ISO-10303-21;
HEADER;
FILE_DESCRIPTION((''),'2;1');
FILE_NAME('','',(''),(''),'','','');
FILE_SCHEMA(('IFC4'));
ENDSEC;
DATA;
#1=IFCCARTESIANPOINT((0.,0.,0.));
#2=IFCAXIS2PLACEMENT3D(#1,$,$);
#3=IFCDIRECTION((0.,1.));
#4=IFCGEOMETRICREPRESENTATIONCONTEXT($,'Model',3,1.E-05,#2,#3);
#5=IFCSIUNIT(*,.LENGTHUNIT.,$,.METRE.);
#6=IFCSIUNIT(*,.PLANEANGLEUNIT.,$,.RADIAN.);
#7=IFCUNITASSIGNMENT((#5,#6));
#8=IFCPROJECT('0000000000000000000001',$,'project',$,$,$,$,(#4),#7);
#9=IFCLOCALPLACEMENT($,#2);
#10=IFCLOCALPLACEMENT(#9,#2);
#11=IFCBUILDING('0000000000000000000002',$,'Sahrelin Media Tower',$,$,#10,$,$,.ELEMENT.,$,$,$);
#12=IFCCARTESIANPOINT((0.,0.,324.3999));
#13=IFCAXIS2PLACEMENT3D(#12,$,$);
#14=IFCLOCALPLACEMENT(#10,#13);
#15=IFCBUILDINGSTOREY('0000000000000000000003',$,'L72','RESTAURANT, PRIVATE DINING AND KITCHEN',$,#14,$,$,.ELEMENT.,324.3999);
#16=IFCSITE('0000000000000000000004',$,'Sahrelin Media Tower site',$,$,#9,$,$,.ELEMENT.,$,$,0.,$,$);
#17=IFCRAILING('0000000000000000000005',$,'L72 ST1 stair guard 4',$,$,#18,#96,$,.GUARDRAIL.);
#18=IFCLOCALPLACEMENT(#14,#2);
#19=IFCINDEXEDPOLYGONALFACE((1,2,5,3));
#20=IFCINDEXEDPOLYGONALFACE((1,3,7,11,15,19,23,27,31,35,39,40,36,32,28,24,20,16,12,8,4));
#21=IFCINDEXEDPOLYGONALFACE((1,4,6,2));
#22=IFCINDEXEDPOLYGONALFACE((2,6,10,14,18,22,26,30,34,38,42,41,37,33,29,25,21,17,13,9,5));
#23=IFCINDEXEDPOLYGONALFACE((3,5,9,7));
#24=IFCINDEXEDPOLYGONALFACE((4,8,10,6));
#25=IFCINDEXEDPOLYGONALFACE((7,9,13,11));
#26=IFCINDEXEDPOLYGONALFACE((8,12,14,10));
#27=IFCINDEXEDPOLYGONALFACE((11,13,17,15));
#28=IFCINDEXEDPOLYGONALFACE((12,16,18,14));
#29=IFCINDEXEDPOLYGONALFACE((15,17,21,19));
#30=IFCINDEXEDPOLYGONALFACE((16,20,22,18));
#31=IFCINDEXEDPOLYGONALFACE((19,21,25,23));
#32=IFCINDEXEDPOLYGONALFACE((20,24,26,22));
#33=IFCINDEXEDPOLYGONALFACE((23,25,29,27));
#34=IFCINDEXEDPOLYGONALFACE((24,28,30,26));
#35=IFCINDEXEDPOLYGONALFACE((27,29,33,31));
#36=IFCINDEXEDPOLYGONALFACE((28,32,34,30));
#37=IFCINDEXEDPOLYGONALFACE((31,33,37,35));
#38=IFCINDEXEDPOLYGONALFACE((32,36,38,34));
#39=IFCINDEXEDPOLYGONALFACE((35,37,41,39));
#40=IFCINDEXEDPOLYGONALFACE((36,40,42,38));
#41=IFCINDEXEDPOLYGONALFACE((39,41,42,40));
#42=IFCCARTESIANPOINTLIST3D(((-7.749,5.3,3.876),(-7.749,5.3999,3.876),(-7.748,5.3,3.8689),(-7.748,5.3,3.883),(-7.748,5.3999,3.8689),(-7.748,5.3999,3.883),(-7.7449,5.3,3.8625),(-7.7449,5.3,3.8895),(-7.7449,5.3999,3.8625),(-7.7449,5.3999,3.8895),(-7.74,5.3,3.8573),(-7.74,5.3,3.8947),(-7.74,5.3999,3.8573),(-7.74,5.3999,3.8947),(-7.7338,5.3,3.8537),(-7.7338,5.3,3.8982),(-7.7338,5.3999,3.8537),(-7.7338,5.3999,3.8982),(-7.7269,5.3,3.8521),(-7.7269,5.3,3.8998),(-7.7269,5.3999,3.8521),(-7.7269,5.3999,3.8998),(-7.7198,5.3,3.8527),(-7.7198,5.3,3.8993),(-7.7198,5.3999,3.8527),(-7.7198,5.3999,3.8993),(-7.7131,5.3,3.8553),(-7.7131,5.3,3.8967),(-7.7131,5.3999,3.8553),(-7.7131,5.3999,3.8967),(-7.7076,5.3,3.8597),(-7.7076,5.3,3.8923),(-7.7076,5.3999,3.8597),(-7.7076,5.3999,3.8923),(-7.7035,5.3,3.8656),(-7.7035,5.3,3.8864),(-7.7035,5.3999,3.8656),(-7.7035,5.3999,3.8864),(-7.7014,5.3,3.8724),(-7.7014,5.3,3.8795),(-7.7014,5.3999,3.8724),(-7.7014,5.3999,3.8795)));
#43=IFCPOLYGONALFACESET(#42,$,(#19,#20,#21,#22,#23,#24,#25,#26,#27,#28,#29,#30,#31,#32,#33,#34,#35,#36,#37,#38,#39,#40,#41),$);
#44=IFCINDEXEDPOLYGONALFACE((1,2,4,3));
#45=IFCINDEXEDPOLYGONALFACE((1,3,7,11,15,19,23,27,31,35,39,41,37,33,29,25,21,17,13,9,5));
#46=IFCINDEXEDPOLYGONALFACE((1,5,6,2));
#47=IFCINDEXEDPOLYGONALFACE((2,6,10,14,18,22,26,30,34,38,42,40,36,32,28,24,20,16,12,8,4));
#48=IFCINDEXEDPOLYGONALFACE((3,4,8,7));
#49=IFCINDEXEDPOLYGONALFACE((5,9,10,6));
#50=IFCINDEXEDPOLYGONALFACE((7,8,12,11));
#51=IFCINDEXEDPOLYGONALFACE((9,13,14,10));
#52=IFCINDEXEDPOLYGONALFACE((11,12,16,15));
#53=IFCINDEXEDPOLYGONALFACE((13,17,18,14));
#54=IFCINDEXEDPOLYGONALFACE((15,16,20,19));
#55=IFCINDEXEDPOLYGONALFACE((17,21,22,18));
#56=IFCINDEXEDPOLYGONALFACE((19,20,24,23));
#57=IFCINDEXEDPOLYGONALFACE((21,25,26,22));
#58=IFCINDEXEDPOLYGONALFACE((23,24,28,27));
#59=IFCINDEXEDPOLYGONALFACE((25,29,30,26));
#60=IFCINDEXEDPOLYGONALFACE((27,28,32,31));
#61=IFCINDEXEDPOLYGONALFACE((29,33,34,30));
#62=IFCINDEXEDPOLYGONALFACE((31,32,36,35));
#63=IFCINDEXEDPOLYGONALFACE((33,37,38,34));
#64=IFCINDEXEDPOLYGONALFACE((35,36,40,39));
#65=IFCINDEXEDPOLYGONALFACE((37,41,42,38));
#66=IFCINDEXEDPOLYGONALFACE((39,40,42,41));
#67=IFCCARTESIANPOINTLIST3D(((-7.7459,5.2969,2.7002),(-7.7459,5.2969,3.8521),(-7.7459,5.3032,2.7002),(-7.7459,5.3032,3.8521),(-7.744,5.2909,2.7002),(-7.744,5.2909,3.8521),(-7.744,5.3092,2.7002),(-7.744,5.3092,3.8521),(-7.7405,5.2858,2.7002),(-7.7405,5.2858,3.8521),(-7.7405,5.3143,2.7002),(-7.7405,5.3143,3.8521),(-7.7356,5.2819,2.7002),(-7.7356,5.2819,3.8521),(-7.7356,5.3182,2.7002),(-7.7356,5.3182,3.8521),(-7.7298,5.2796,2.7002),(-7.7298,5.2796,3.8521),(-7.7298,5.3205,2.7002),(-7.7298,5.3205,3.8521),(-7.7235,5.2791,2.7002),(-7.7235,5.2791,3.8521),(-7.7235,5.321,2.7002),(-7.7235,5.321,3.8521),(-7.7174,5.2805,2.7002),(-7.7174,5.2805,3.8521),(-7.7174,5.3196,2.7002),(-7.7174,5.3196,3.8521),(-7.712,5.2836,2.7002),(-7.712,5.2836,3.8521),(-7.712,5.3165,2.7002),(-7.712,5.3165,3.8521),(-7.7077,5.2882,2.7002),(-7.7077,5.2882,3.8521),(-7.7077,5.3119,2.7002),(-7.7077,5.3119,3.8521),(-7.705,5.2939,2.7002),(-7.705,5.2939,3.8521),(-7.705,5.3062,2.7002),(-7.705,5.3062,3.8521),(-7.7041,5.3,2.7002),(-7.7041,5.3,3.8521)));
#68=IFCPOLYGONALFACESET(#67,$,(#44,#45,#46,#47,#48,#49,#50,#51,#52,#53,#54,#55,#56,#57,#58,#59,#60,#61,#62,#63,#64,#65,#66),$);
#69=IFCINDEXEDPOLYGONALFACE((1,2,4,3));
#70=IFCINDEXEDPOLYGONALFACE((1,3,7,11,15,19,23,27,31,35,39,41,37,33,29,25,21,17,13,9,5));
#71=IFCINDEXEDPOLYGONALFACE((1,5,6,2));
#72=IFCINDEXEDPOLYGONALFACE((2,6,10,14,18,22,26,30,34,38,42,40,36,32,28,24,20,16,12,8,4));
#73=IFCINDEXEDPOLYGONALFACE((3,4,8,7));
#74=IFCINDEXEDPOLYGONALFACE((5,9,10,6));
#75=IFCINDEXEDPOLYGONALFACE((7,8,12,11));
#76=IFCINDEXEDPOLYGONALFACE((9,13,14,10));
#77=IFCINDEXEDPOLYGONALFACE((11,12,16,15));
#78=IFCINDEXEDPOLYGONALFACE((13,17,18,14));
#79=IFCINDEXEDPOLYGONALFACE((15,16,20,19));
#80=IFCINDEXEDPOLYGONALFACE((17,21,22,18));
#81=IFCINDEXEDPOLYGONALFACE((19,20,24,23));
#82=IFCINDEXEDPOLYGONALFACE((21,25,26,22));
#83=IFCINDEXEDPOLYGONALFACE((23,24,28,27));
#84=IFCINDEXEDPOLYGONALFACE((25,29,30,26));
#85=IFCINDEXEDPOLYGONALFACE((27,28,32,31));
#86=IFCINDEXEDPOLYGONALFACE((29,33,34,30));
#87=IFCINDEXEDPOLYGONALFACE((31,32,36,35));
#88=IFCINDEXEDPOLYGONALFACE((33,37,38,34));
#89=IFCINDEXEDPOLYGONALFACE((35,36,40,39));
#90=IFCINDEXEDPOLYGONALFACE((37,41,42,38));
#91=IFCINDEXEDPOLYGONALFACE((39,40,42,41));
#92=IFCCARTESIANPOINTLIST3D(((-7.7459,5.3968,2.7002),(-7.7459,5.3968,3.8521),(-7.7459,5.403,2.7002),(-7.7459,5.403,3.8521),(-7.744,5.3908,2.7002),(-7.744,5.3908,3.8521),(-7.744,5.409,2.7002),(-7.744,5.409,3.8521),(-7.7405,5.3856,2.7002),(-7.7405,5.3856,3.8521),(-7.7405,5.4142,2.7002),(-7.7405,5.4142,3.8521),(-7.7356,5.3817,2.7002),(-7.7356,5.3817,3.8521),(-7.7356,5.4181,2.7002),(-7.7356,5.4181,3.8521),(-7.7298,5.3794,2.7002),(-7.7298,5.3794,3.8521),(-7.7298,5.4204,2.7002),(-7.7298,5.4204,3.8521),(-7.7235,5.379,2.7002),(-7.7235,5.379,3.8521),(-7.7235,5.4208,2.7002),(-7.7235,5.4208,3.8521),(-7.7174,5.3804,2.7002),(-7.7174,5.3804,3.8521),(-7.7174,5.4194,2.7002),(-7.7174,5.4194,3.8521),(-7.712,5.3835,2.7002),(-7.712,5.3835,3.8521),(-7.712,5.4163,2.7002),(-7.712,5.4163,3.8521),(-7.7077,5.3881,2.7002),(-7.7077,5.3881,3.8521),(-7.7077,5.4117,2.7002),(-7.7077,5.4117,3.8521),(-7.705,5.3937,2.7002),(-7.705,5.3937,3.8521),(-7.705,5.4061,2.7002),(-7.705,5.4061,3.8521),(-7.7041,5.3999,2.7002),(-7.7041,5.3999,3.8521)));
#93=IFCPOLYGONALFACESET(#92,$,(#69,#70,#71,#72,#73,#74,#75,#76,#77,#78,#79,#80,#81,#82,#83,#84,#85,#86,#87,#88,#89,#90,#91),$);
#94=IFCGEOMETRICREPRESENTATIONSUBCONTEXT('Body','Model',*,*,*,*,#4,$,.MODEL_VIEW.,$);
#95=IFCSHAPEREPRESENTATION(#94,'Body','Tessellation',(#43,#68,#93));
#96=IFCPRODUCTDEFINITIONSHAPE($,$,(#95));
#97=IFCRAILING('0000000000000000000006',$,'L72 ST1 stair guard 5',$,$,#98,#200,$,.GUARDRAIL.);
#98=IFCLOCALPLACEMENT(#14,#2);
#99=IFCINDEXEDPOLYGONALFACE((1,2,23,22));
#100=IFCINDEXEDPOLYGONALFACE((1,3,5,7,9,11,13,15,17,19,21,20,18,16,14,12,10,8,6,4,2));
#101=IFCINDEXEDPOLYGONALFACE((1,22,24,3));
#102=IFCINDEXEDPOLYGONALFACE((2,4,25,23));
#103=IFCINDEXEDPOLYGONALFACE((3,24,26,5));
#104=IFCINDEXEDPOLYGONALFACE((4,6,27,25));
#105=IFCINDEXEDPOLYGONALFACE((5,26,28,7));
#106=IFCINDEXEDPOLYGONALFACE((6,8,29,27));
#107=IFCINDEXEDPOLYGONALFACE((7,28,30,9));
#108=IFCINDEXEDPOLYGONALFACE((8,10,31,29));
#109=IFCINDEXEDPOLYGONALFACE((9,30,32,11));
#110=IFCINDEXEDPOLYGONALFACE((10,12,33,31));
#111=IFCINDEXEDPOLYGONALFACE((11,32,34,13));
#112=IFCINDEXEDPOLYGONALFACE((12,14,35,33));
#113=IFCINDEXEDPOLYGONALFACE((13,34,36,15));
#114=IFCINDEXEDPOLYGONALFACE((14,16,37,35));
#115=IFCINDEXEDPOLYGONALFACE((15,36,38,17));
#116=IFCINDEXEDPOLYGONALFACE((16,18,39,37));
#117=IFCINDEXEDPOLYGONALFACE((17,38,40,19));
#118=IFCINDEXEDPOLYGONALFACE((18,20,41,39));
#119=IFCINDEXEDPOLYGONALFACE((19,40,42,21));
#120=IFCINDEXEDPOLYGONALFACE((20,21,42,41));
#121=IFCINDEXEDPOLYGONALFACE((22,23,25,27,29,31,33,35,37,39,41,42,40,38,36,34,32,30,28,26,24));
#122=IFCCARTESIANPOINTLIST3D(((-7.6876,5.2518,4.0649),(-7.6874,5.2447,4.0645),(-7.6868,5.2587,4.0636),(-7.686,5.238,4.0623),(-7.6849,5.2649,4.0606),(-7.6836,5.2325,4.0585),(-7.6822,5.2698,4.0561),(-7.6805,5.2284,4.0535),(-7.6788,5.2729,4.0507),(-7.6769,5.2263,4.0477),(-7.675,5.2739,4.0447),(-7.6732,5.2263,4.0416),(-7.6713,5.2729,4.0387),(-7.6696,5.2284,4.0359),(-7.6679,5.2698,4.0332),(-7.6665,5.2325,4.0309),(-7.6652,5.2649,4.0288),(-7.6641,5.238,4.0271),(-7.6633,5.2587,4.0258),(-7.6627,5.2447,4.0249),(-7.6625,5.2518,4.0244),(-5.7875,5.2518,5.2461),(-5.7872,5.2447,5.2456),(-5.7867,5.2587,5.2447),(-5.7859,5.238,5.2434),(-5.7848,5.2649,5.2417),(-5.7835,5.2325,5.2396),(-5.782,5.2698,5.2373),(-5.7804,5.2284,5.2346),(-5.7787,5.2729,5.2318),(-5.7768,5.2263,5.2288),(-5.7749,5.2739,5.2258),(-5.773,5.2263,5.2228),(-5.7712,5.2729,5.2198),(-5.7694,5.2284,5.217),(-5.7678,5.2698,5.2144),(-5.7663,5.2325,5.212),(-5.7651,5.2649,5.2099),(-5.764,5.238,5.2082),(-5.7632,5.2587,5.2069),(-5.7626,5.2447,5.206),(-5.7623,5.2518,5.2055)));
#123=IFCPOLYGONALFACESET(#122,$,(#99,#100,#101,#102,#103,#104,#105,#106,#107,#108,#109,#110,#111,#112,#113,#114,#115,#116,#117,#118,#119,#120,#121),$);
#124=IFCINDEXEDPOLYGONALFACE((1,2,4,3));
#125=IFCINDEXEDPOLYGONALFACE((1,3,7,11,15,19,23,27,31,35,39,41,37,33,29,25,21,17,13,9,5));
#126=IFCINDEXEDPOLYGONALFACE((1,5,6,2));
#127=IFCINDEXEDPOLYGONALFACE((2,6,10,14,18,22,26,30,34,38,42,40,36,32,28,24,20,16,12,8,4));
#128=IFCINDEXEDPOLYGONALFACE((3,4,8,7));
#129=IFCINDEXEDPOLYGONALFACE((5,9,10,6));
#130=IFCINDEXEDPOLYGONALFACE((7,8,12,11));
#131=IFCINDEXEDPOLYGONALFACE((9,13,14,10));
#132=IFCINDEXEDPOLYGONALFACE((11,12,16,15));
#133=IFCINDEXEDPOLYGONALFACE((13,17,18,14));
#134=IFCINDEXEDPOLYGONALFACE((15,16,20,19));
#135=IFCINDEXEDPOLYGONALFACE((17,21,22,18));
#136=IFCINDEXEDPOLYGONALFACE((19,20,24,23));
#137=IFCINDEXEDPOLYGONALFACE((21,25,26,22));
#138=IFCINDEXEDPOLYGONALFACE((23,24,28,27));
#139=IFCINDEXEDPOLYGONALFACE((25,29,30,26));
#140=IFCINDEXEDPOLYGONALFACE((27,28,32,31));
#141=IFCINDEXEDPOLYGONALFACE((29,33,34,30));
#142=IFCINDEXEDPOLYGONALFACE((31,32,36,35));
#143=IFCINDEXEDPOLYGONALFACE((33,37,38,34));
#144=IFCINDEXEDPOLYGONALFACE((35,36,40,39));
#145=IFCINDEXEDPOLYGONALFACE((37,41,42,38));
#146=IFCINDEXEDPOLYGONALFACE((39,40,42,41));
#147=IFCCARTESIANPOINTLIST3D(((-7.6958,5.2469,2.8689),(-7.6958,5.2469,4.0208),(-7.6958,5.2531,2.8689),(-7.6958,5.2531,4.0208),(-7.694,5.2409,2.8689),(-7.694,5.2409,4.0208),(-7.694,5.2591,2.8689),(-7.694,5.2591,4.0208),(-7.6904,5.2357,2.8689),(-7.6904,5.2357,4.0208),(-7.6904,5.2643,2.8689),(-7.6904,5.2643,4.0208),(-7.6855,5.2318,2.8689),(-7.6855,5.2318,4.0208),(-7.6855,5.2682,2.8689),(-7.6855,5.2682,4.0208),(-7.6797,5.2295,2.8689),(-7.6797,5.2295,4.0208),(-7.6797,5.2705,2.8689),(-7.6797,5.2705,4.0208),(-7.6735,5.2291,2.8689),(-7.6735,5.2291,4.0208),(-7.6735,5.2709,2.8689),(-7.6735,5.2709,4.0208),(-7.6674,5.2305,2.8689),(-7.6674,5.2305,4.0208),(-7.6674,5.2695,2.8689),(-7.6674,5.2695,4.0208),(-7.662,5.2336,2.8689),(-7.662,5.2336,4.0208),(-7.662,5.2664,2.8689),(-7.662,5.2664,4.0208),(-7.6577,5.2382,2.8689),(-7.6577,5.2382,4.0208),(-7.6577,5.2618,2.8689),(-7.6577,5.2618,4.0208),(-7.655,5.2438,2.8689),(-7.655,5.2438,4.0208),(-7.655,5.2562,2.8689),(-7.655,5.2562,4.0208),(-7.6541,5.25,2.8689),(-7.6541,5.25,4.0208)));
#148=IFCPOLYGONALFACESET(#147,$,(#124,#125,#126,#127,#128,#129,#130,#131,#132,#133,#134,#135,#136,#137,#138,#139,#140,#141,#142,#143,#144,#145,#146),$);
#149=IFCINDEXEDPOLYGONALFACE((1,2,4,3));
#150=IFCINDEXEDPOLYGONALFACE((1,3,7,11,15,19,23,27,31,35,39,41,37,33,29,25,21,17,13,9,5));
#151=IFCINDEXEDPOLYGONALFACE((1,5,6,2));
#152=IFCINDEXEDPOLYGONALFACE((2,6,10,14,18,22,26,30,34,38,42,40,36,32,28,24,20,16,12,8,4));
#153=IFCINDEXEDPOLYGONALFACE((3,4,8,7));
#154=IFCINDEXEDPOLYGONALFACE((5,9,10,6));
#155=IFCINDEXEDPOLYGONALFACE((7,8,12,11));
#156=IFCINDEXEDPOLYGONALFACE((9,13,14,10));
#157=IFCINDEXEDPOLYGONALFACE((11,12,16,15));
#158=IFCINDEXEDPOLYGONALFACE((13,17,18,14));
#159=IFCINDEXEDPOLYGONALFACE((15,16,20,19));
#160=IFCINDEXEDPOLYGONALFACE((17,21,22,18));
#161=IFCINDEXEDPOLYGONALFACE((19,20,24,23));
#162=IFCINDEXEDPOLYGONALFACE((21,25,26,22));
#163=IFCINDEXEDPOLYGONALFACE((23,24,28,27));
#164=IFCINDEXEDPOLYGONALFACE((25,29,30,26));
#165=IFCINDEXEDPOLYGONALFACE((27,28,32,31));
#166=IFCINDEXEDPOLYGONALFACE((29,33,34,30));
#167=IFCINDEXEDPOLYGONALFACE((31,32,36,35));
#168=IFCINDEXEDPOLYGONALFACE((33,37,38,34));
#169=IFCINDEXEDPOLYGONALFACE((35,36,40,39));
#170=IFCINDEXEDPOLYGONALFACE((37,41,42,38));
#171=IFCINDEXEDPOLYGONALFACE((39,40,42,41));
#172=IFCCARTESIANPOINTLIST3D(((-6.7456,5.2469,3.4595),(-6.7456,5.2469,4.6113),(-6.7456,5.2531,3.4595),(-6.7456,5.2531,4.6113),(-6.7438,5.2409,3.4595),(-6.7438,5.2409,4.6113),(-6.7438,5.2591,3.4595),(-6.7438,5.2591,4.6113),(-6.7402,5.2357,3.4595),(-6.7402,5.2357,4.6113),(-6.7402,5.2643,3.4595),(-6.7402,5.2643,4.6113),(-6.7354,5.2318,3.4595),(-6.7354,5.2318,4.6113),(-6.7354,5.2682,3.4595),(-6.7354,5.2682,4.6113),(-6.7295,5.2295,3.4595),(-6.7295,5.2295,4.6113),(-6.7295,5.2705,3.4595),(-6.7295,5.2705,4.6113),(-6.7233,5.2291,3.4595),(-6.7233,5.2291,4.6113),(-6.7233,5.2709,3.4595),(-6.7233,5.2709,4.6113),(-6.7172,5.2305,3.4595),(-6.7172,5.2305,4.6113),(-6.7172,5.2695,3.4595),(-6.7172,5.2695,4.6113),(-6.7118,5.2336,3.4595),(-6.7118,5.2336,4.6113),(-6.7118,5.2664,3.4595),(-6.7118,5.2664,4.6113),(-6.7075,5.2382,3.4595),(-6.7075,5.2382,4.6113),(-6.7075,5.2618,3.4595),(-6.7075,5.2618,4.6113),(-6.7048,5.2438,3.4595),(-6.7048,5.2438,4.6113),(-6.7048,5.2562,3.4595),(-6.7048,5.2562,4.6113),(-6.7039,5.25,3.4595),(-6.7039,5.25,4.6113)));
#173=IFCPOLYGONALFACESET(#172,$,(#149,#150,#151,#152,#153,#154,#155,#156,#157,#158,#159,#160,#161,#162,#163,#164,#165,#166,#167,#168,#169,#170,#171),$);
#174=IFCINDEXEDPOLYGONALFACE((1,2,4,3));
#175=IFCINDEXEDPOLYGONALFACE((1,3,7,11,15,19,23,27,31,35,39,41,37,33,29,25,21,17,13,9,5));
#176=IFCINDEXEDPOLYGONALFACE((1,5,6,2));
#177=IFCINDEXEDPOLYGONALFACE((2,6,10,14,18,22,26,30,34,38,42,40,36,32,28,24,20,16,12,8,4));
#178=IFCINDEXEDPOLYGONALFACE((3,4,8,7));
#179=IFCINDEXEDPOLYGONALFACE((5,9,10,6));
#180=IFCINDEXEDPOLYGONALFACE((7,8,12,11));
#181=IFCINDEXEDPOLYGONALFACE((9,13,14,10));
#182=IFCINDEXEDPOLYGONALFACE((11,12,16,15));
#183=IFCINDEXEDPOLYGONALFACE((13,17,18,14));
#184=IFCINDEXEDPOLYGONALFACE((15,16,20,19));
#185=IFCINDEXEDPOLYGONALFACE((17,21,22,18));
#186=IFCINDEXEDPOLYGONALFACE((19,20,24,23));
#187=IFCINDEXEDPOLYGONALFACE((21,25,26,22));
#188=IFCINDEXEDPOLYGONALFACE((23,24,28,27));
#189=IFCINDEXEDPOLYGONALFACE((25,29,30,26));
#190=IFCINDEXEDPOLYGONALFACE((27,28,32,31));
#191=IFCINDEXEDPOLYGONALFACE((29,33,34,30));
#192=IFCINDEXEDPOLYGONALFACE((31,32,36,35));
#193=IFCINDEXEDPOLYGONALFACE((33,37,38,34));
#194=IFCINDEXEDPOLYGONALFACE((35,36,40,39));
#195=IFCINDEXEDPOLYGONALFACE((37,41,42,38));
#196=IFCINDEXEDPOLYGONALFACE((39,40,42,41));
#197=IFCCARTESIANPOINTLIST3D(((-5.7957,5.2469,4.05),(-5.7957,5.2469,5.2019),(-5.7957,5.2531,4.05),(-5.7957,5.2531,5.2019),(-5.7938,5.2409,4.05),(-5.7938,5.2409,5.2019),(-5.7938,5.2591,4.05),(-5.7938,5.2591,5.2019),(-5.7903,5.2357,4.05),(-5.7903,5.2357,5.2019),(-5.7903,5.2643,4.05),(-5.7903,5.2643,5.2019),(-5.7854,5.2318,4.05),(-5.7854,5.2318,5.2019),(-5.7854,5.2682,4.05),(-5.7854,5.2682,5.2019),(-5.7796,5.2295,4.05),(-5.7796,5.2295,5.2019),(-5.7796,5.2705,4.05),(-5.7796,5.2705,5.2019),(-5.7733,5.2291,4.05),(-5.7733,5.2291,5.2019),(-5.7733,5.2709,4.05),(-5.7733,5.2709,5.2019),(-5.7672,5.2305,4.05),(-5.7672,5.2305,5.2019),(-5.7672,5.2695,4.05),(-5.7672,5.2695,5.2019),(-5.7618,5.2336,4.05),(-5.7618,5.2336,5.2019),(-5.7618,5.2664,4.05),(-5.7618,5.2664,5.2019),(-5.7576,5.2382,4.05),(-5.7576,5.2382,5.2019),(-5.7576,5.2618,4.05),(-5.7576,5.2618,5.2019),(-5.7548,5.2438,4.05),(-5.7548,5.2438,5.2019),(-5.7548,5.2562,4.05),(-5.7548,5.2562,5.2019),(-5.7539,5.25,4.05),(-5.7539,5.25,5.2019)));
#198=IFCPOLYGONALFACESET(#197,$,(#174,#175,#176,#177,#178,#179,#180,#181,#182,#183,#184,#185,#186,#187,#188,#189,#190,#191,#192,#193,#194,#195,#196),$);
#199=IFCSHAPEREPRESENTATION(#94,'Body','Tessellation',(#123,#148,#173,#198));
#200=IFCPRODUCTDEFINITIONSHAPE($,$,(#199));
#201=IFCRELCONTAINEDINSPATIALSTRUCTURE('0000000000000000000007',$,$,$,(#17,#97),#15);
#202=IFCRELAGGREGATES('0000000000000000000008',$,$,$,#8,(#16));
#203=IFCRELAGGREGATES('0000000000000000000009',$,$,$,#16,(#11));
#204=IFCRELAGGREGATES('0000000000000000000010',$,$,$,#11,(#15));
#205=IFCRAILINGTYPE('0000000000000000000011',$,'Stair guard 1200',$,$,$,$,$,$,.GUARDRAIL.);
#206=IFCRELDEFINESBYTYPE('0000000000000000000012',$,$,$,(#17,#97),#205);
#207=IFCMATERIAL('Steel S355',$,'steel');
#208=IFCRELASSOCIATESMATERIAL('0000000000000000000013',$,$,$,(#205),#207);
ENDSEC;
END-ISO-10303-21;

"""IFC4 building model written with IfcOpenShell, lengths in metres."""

from ifc_helpers import new_model, si_unit, direction, frame, origin, origin_2d, place, context, subcontext, project, spatial, circle, extrude, material, type_object, element, save


model = new_model("IFC4")

# Units and contexts
model_context = context("Model", 3, precision=1e-05, world=origin(), true_north=direction((0.0, 1.0)))
body_context = subcontext(model_context, "Body", "Model", "MODEL_VIEW")
ifc_project = project(units=[si_unit("LENGTHUNIT", "METRE"), si_unit("PLANEANGLEUNIT", "RADIAN")], contexts=[model_context])

# Site, building, storey
site_placement = place(None, origin())
site = spatial("IfcSite", under=ifc_project, at=site_placement, Name="Sahrelin Media Tower site", CompositionType="ELEMENT", RefElevation=0.0)
building_placement = place(site_placement, origin())
building = spatial("IfcBuilding", under=site, at=building_placement, Name="Sahrelin Media Tower", CompositionType="ELEMENT")
storey_placement = place(building_placement, frame((0.0, 0.0, 324.3999)))
storey = spatial("IfcBuildingStorey", under=building, at=storey_placement, Name="L72", Description="RESTAURANT, PRIVATE DINING AND KITCHEN", CompositionType="ELEMENT", Elevation=324.3999)

# Shared definitions
ifc_material_1 = material(Name="Steel S355", Category="steel")

# Railings
railing_type_1 = type_object("IfcRailingType", Name="Stair guard 1200", PredefinedType="GUARDRAIL", material=ifc_material_1)
railing_1_placement = place(storey_placement, frame((-7.7251, 5.3, 2.7002)))
element("IfcRailing", 1, at=railing_1_placement, inside=storey, type_object=railing_type_1, Name="L72 ST1 stair guard 4", PredefinedType="GUARDRAIL", context=body_context, shape_type="SweptSolid", body=[
    extrude(circle(Radius=0.0239, at=origin_2d()), frame((0.0, 0.0, 1.1758), z_axis=(0.0, 1.0, 0.0), x_axis=(-1.0, 0.0, 0.0)), (0.0, 0.0, 1.0), 0.0999),
    extrude(circle(Radius=0.021, at=origin_2d()), origin(), (0.0, 0.0, 1.0), 1.1519),
    extrude(circle(Radius=0.021, at=origin_2d()), frame((0.0, 0.0999, 0.0)), (0.0, 0.0, 1.0), 1.1519),
])
railing_2_placement = place(storey_placement, frame((-7.675, 5.25, 2.8689)))
element("IfcRailing", 2, at=railing_2_placement, inside=storey, type_object=railing_type_1, Name="L72 ST1 stair guard 5", PredefinedType="GUARDRAIL", context=body_context, shape_type="SweptSolid", body=[
    extrude(circle(Radius=0.0239, at=origin_2d()), frame((0.0, 0.0, 1.1758), z_axis=(0.849289, 0.0, 0.527928), x_axis=(0.0, 1.0, 0.0)), (0.0, 0.0, 1.0), 2.2373),
    extrude(circle(Radius=0.021, at=origin_2d()), origin(), (0.0, 0.0, 1.0), 1.1519),
    extrude(circle(Radius=0.021, at=origin_2d()), frame((0.9502, 0.0, 0.5906)), (0.0, 0.0, 1.0), 1.1519),
    extrude(circle(Radius=0.021, at=origin_2d()), frame((1.9001, 0.0, 1.1812)), (0.0, 0.0, 1.0), 1.1519),
])

save(model, "model.ifc")
